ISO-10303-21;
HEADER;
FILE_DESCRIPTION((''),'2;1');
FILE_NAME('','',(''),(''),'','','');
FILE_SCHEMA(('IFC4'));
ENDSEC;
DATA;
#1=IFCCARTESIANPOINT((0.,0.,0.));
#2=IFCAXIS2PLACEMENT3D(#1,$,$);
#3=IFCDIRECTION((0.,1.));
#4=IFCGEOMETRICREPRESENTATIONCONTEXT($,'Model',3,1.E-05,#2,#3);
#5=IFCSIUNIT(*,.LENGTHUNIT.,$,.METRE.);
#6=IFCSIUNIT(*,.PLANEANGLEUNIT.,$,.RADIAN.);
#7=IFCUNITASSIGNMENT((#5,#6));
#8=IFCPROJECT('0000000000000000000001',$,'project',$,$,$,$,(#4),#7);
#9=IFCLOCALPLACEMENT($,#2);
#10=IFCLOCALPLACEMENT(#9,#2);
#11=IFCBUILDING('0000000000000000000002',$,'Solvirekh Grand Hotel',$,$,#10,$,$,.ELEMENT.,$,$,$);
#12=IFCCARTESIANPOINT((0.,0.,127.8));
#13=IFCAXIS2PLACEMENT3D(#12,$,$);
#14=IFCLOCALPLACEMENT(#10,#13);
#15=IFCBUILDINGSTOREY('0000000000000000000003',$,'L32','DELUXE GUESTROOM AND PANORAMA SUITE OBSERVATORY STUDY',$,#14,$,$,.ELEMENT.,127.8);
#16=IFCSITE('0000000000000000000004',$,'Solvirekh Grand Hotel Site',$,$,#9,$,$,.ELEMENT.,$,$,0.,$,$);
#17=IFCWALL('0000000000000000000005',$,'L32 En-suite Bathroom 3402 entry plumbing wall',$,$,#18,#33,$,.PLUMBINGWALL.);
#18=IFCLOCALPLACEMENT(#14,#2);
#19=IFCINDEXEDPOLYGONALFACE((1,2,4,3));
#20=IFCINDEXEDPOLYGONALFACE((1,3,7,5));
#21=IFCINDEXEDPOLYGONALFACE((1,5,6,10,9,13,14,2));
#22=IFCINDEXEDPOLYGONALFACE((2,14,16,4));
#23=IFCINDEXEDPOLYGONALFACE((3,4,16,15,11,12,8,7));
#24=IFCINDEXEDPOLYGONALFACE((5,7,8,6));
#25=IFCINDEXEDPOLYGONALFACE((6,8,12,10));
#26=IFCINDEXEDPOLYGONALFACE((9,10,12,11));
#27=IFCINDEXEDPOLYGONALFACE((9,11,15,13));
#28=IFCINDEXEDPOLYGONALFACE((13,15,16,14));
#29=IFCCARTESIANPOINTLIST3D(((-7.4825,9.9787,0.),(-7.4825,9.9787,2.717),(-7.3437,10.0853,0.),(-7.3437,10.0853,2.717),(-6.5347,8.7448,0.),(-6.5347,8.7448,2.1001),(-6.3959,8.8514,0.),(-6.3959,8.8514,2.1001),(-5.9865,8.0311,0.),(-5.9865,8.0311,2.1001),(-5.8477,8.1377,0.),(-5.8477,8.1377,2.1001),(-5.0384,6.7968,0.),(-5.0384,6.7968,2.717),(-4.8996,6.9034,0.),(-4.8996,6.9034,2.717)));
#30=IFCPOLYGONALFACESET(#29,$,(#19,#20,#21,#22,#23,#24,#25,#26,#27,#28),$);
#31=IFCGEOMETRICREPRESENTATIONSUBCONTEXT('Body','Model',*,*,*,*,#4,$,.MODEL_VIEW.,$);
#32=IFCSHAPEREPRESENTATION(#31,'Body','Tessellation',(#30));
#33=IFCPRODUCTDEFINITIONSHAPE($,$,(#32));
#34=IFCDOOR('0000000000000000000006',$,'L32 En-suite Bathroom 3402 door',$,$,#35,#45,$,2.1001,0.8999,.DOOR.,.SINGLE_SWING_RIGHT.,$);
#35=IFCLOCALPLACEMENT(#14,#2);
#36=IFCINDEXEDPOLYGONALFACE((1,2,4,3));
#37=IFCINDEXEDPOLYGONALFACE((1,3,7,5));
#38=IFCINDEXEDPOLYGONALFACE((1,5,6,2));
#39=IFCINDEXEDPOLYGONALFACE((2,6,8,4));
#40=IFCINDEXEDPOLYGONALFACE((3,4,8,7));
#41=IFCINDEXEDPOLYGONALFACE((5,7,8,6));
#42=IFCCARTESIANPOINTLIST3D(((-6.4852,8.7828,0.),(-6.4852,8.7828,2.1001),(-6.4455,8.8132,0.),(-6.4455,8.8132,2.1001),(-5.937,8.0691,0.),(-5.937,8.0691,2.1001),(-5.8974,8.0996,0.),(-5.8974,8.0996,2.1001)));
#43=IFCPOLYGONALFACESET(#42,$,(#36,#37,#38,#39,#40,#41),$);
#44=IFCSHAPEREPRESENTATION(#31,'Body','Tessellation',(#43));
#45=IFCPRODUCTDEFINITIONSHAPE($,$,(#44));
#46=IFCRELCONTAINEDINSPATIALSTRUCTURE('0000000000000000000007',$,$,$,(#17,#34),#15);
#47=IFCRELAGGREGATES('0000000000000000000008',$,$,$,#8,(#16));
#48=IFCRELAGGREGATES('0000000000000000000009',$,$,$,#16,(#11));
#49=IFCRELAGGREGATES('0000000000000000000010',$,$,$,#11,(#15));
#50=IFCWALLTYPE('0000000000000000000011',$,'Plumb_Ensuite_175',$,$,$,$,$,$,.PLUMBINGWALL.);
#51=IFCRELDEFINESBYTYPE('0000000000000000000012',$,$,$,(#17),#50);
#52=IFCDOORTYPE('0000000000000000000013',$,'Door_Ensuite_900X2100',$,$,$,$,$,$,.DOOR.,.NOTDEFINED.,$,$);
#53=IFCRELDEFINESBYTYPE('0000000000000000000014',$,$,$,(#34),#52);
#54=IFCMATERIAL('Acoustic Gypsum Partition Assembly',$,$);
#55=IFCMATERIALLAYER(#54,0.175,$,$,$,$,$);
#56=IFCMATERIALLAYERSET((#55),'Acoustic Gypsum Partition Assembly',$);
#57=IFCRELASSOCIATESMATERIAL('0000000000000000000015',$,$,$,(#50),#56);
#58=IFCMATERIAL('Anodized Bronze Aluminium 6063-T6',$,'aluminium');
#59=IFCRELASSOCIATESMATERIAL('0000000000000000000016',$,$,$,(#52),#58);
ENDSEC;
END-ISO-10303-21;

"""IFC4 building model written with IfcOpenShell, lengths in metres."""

from ifc_helpers import new_model, si_unit, direction, frame, frame_2d, origin, place, context, subcontext, project, spatial, rectangle, extrude, material, layer, layer_set, type_object, element, fill, save


model = new_model("IFC4")

# Units and contexts
model_context = context("Model", 3, precision=1e-05, world=origin(), true_north=direction((0.0, 1.0)))
body_context = subcontext(model_context, "Body", "Model", "MODEL_VIEW")
ifc_project = project(units=[si_unit("LENGTHUNIT", "METRE"), si_unit("PLANEANGLEUNIT", "RADIAN")], contexts=[model_context])

# Site, building, storey
site_placement = place(None, origin())
site = spatial("IfcSite", under=ifc_project, at=site_placement, Name="Solvirekh Grand Hotel Site", CompositionType="ELEMENT", RefElevation=0.0)
building_placement = place(site_placement, origin())
building = spatial("IfcBuilding", under=site, at=building_placement, Name="Solvirekh Grand Hotel", CompositionType="ELEMENT")
storey_placement = place(building_placement, frame((0.0, 0.0, 127.8)))
storey = spatial("IfcBuildingStorey", under=building, at=storey_placement, Name="L32", Description="DELUXE GUESTROOM AND PANORAMA SUITE OBSERVATORY STUDY", CompositionType="ELEMENT", Elevation=127.8)

# Shared definitions
ifc_material_1 = material(Name="Anodized Bronze Aluminium 6063-T6", Category="aluminium")

# Shared definitions
ifc_material_2 = material(Name="Acoustic Gypsum Partition Assembly")
ifc_layer_1 = layer(ifc_material_2, 0.175)
ifc_layer_set_1 = layer_set([ifc_layer_1], Name="Acoustic Gypsum Partition Assembly")
wall_type_1 = type_object("IfcWallType", Name="Plumb_Ensuite_175", PredefinedType="PLUMBINGWALL", material=ifc_layer_set_1)

# Wall, opening, door
wall_1_placement = place(storey_placement, frame((-7.4131, 10.032, 0.0), z_axis=(0.0, 0.0, 1.0), x_axis=(0.609161, -0.793047, 0.0)))
wall_1 = element("IfcWall", 1, at=wall_1_placement, inside=storey, type_object=wall_type_1, Name="L32 En-suite Bathroom 3402 entry plumbing wall", PredefinedType="PLUMBINGWALL", context=body_context, shape_type="SweptSolid", body=[
    extrude(rectangle(XDim=4.0122, YDim=0.175, at=frame_2d((2.0061, 0.0))), origin(), (0.0, 0.0, 1.0), 2.717),
])
opening_1_placement = place(wall_1_placement, frame((1.5559, 0.0, 0.0)))
opening_1 = element("IfcOpeningElement", 2, at=opening_1_placement, cuts=wall_1, PredefinedType="OPENING", context=body_context, shape_type="SweptSolid", body=[
    extrude(rectangle(XDim=0.8999, YDim=2.1001, at=frame_2d((0.45, 1.05))), frame((0.0, 0.0977, 0.0), z_axis=(0.0, -1.0, 0.0), x_axis=(1.0, 0.0, 0.0)), (0.0, 0.0, 1.0), 0.1951),
])
door_type = type_object("IfcDoorType", Name="Door_Ensuite_900X2100", OperationType="NOTDEFINED", PredefinedType="DOOR", material=ifc_material_1)
door_placement = place(opening_1_placement, origin())
door = element("IfcDoor", 3, at=door_placement, inside=storey, type_object=door_type, Name="L32 En-suite Bathroom 3402 door", OperationType="SINGLE_SWING_RIGHT", OverallHeight=2.1001, OverallWidth=0.8999, PredefinedType="DOOR", context=body_context, shape_type="SweptSolid", body=[
    extrude(rectangle(XDim=0.8999, YDim=2.1001, at=frame_2d((0.45, 1.05))), frame((0.0, 0.0249, 0.0), z_axis=(0.0, -1.0, 0.0), x_axis=(1.0, 0.0, 0.0)), (0.0, 0.0, 1.0), 0.05),
])
fill(opening_1, door)

save(model, "model.ifc")
